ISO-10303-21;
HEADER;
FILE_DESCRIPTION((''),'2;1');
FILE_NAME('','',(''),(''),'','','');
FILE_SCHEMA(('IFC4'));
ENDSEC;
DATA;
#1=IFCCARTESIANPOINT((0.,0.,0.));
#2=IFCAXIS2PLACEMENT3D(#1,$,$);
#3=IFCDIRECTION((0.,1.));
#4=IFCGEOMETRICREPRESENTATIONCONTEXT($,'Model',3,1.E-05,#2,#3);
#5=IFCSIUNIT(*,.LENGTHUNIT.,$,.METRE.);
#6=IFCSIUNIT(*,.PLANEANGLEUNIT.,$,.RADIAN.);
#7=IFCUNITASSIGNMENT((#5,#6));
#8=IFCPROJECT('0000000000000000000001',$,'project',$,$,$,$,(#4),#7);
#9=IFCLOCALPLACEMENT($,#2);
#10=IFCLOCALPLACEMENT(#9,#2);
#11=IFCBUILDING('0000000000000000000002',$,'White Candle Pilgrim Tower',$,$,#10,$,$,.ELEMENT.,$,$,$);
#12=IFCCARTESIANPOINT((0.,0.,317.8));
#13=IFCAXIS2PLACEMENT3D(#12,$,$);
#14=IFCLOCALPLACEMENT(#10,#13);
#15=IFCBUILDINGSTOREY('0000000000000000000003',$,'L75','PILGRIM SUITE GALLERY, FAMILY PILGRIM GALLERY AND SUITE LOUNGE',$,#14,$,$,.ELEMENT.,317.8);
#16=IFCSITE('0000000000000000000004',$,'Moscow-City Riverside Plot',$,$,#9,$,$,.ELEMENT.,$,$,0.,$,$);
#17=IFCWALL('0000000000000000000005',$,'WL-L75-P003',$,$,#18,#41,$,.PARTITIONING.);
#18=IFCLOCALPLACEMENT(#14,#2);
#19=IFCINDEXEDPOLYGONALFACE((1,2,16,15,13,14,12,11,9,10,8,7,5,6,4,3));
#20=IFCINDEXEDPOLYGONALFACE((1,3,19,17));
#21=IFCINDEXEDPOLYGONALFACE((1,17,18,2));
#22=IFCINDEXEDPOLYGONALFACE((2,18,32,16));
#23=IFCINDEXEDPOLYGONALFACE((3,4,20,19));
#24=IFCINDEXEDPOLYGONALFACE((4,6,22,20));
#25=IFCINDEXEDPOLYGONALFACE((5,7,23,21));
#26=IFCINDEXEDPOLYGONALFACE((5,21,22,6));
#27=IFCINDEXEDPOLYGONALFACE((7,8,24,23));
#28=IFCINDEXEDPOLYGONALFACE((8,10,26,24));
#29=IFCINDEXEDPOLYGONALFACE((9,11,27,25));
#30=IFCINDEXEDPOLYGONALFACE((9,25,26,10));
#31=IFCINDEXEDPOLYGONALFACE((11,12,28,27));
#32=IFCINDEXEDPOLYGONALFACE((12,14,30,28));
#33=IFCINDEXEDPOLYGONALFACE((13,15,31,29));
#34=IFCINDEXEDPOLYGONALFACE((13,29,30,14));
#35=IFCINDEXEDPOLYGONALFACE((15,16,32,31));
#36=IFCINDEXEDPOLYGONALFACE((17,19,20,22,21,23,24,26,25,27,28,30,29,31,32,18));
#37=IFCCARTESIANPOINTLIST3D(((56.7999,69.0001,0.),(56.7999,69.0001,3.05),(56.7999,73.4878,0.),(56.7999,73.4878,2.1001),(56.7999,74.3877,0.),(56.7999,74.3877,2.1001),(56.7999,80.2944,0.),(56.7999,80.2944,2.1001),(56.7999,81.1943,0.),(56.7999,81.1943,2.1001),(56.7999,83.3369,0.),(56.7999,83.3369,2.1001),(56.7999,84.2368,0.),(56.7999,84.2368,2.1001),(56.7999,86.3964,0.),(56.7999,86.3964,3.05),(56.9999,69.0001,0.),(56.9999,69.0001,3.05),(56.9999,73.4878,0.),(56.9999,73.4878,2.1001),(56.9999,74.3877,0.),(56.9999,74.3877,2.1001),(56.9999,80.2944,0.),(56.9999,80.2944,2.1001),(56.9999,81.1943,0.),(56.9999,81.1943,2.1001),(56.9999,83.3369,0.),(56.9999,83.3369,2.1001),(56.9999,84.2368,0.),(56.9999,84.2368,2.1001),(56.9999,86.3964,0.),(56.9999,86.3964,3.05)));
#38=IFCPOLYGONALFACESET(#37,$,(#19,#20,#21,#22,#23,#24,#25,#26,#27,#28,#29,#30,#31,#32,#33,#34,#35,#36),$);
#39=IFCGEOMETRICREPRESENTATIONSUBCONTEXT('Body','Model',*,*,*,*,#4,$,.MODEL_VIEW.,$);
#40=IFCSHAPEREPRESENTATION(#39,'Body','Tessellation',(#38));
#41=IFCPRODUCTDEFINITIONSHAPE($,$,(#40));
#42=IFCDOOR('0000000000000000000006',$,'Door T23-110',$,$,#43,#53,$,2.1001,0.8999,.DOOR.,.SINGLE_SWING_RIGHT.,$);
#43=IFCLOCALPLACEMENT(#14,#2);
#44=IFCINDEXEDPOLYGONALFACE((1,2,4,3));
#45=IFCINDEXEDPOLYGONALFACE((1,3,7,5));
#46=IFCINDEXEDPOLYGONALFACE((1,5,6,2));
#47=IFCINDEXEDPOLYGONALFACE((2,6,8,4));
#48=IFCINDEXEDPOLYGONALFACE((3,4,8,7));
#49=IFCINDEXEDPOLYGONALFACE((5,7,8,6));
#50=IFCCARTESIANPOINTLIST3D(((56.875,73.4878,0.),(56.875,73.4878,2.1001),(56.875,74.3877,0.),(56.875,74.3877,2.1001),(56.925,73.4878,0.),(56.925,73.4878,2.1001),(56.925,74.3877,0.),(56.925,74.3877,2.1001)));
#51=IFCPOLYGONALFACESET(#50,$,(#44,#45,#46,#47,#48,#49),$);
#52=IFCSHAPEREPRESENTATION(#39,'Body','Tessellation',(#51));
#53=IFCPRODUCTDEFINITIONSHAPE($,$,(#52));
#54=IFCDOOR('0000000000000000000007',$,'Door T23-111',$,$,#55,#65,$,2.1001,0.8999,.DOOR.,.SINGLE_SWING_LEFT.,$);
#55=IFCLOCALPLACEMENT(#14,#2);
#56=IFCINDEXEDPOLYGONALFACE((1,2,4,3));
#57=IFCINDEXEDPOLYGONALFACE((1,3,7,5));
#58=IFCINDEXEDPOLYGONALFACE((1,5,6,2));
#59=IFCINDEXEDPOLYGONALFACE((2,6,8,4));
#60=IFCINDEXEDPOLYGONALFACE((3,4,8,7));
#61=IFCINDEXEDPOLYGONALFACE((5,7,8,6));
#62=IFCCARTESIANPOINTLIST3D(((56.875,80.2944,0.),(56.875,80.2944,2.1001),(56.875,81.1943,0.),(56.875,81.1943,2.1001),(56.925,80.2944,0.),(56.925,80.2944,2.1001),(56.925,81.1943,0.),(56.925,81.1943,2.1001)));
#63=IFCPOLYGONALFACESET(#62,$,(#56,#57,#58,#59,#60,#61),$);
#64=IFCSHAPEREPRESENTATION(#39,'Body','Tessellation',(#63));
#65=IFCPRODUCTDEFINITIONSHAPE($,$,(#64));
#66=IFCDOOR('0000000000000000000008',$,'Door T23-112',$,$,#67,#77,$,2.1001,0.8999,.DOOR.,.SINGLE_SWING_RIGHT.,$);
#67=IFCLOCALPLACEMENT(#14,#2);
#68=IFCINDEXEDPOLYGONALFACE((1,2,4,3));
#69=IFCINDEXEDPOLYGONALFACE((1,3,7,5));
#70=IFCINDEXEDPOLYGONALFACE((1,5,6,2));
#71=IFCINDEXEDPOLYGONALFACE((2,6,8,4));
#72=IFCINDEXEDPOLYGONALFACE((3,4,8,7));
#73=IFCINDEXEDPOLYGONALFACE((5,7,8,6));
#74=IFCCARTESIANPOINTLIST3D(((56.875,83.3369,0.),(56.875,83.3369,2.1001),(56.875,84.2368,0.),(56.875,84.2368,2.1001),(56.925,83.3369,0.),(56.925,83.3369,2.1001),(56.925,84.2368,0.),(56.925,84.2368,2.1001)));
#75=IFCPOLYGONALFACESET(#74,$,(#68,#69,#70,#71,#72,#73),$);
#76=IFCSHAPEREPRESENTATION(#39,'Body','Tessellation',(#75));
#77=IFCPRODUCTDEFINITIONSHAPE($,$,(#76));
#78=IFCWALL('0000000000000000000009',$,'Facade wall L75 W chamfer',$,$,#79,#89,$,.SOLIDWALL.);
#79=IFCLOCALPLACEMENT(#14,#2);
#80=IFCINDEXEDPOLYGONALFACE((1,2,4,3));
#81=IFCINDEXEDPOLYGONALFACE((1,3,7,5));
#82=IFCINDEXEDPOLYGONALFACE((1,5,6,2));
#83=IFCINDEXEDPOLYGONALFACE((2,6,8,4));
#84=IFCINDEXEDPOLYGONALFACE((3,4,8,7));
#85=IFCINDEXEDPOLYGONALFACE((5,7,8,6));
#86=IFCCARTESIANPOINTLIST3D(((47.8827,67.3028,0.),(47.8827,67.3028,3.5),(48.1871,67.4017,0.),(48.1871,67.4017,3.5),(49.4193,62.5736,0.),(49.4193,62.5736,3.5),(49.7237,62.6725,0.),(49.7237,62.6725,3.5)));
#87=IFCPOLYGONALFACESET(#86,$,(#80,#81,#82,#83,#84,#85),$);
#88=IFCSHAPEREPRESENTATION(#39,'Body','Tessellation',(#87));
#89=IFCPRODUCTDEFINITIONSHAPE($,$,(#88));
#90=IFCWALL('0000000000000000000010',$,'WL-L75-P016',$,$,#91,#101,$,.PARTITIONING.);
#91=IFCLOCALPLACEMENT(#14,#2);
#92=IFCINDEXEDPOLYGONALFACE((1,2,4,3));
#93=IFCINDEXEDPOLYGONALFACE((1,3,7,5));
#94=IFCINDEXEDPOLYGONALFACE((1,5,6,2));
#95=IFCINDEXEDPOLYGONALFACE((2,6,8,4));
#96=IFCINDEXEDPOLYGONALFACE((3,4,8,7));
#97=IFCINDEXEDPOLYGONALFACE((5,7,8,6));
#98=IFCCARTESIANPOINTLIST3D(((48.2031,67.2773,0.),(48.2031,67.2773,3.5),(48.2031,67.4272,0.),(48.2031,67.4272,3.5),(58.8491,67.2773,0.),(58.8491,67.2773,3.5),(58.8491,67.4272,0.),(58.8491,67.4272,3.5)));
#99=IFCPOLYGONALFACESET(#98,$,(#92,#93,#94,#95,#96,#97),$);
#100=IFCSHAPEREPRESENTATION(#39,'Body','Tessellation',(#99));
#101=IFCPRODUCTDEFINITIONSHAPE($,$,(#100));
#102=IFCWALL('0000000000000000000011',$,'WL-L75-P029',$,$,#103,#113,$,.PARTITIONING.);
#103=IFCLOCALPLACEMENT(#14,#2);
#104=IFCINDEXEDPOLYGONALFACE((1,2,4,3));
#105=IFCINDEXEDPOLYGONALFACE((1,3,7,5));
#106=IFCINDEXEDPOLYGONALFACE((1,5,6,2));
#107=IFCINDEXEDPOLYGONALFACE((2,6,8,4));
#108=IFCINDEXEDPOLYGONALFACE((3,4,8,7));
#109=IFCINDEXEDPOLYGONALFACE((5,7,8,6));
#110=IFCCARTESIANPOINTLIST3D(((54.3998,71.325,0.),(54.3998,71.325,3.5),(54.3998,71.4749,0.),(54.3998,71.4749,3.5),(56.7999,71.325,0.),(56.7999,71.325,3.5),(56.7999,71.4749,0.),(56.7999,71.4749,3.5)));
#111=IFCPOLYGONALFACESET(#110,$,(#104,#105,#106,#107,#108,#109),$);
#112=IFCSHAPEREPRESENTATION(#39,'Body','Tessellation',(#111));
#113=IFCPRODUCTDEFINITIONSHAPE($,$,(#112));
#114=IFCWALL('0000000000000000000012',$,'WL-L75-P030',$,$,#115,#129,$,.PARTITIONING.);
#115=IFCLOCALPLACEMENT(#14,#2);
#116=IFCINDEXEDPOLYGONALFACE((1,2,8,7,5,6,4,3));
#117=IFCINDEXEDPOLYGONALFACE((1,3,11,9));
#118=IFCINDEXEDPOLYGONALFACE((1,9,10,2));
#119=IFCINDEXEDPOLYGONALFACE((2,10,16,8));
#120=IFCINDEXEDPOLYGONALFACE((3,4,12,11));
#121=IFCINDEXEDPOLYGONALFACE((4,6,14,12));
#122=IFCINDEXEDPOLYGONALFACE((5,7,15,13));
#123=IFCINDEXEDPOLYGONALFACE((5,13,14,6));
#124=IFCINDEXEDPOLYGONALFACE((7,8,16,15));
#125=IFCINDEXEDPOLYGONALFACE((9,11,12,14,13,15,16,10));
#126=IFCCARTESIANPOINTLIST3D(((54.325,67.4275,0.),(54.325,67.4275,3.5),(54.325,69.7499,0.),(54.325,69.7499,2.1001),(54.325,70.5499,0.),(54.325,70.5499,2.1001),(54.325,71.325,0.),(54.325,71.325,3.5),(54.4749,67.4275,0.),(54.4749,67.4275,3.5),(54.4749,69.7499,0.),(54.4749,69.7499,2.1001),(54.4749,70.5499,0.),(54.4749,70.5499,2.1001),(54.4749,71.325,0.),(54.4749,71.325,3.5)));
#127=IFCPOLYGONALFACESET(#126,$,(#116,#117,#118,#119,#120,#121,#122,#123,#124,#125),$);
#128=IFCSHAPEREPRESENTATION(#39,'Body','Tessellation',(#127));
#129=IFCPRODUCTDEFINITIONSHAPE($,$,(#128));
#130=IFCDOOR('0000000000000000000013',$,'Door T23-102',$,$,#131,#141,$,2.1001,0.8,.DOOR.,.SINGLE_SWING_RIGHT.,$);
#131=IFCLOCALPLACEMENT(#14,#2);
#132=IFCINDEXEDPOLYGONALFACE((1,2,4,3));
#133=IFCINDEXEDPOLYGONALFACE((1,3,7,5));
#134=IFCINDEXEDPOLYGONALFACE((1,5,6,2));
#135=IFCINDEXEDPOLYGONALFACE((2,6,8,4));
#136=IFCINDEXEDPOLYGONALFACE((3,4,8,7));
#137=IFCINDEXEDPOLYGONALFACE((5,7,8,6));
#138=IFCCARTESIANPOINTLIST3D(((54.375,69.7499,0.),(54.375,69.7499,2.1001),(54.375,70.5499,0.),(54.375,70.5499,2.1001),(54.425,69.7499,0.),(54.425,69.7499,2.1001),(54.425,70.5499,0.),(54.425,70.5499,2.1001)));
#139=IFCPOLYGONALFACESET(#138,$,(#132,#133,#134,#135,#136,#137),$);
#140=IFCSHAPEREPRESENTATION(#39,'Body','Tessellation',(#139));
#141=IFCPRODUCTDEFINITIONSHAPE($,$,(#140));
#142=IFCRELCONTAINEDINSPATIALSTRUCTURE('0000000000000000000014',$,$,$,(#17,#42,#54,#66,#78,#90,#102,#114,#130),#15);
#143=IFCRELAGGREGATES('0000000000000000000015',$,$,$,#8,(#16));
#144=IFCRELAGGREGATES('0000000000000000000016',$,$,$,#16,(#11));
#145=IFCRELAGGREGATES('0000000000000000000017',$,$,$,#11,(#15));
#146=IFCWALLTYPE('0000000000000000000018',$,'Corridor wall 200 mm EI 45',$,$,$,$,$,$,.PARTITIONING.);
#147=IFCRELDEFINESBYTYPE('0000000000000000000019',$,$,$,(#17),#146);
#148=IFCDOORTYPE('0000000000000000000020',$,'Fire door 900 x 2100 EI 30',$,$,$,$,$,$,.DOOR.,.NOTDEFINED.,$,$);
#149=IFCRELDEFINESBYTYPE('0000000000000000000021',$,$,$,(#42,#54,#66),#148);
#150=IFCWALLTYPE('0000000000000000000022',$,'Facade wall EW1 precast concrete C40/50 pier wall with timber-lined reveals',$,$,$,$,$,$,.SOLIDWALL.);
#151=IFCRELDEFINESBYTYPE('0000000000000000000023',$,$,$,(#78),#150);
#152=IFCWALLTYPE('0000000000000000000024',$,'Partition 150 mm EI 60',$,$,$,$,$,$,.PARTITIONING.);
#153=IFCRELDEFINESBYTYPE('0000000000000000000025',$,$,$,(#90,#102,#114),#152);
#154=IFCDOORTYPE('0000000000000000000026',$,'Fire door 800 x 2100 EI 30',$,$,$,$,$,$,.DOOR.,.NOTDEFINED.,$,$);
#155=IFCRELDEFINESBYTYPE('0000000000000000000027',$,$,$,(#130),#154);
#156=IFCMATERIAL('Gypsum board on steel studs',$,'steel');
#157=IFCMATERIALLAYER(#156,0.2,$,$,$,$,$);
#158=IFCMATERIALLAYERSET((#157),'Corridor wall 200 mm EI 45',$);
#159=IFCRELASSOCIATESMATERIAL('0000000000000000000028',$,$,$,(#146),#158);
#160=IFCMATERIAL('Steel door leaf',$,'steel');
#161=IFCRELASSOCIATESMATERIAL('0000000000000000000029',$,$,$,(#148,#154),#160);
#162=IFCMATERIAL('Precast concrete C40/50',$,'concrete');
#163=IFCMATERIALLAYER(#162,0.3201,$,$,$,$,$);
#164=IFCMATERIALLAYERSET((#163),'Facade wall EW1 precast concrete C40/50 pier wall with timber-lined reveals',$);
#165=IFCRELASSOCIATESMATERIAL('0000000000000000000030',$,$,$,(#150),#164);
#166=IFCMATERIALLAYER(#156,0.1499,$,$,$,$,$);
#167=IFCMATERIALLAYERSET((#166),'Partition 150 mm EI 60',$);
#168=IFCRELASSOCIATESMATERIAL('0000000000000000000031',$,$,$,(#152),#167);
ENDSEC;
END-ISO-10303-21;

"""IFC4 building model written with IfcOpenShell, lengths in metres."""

from ifc_helpers import new_model, si_unit, direction, frame, frame_2d, origin, place, context, subcontext, project, spatial, rectangle, extrude, material, layer, layer_set, type_object, element, fill, save


model = new_model("IFC4")

# Units and contexts
model_context = context("Model", 3, precision=1e-05, world=origin(), true_north=direction((0.0, 1.0)))
body_context = subcontext(model_context, "Body", "Model", "MODEL_VIEW")
ifc_project = project(units=[si_unit("LENGTHUNIT", "METRE"), si_unit("PLANEANGLEUNIT", "RADIAN")], contexts=[model_context])

# Site, building, storey
site_placement = place(None, origin())
site = spatial("IfcSite", under=ifc_project, at=site_placement, Name="Moscow-City Riverside Plot", CompositionType="ELEMENT", RefElevation=0.0)
building_placement = place(site_placement, origin())
building = spatial("IfcBuilding", under=site, at=building_placement, Name="White Candle Pilgrim Tower", CompositionType="ELEMENT")
storey_placement = place(building_placement, frame((0.0, 0.0, 317.8)))
storey = spatial("IfcBuildingStorey", under=building, at=storey_placement, Name="L75", Description="PILGRIM SUITE GALLERY, FAMILY PILGRIM GALLERY AND SUITE LOUNGE", CompositionType="ELEMENT", Elevation=317.8)

# Wall, openings, doors
ifc_material_1 = material(Name="Gypsum board on steel studs", Category="steel")
ifc_layer_1 = layer(ifc_material_1, 0.2)
ifc_layer_set_1 = layer_set([ifc_layer_1], Name="Corridor wall 200 mm EI 45")
wall_type_1 = type_object("IfcWallType", Name="Corridor wall 200 mm EI 45", PredefinedType="PARTITIONING", material=ifc_layer_set_1)
wall_1_placement = place(storey_placement, frame((56.8999, 69.0, 0.0), z_axis=(0.0, 0.0, 1.0), x_axis=(0.0, 1.0, 0.0)))
wall_1 = element("IfcWall", 1, at=wall_1_placement, inside=storey, type_object=wall_type_1, Name="WL-L75-P003", PredefinedType="PARTITIONING", context=body_context, shape_type="SweptSolid", body=[
    extrude(rectangle(XDim=17.3962, YDim=0.2, at=frame_2d((8.6982, 0.0))), origin(), (0.0, 0.0, 1.0), 3.05),
])
opening_1_placement = place(wall_1_placement, frame((4.4878, 0.0, 0.0)))
opening_1 = element("IfcOpeningElement", 2, at=opening_1_placement, cuts=wall_1, PredefinedType="OPENING", context=body_context, shape_type="SweptSolid", body=[
    extrude(rectangle(XDim=0.8999, YDim=2.1001, at=frame_2d((0.45, 1.05))), frame((0.0, 0.1099, 0.0), z_axis=(0.0, -1.0, 0.0), x_axis=(1.0, 0.0, 0.0)), (0.0, 0.0, 1.0), 0.22),
])
opening_2_placement = place(wall_1_placement, frame((11.2944, 0.0, 0.0)))
opening_2 = element("IfcOpeningElement", 3, at=opening_2_placement, cuts=wall_1, PredefinedType="OPENING", context=body_context, shape_type="SweptSolid", body=[
    extrude(rectangle(XDim=0.8999, YDim=2.1001, at=frame_2d((0.45, 1.05))), frame((0.0, 0.1099, 0.0), z_axis=(0.0, -1.0, 0.0), x_axis=(1.0, 0.0, 0.0)), (0.0, 0.0, 1.0), 0.22),
])
opening_3_placement = place(wall_1_placement, frame((14.3369, 0.0, 0.0)))
opening_3 = element("IfcOpeningElement", 4, at=opening_3_placement, cuts=wall_1, PredefinedType="OPENING", context=body_context, shape_type="SweptSolid", body=[
    extrude(rectangle(XDim=0.8999, YDim=2.1001, at=frame_2d((0.45, 1.05))), frame((0.0, 0.1099, 0.0), z_axis=(0.0, -1.0, 0.0), x_axis=(1.0, 0.0, 0.0)), (0.0, 0.0, 1.0), 0.22),
])
ifc_material_2 = material(Name="Steel door leaf", Category="steel")
door_type_1 = type_object("IfcDoorType", Name="Fire door 900 x 2100 EI 30", OperationType="NOTDEFINED", PredefinedType="DOOR", material=ifc_material_2)
door_1_placement = place(opening_1_placement, origin())
door_1 = element("IfcDoor", 5, at=door_1_placement, inside=storey, type_object=door_type_1, Name="Door T23-110", OperationType="SINGLE_SWING_RIGHT", OverallHeight=2.1001, OverallWidth=0.8999, PredefinedType="DOOR", context=body_context, shape_type="SweptSolid", body=[
    extrude(rectangle(XDim=0.8999, YDim=2.1001, at=frame_2d((0.45, 1.05))), frame((0.0, 0.0249, 0.0), z_axis=(0.0, -1.0, 0.0), x_axis=(1.0, 0.0, 0.0)), (0.0, 0.0, 1.0), 0.05),
])
fill(opening_1, door_1)
door_2_placement = place(opening_2_placement, origin())
door_2 = element("IfcDoor", 6, at=door_2_placement, inside=storey, type_object=door_type_1, Name="Door T23-111", OperationType="SINGLE_SWING_LEFT", OverallHeight=2.1001, OverallWidth=0.8999, PredefinedType="DOOR", context=body_context, shape_type="SweptSolid", body=[
    extrude(rectangle(XDim=0.8999, YDim=2.1001, at=frame_2d((0.45, 1.05))), frame((0.0, 0.0249, 0.0), z_axis=(0.0, -1.0, 0.0), x_axis=(1.0, 0.0, 0.0)), (0.0, 0.0, 1.0), 0.05),
])
fill(opening_2, door_2)
door_3_placement = place(opening_3_placement, origin())
door_3 = element("IfcDoor", 7, at=door_3_placement, inside=storey, type_object=door_type_1, Name="Door T23-112", OperationType="SINGLE_SWING_RIGHT", OverallHeight=2.1001, OverallWidth=0.8999, PredefinedType="DOOR", context=body_context, shape_type="SweptSolid", body=[
    extrude(rectangle(XDim=0.8999, YDim=2.1001, at=frame_2d((0.45, 1.05))), frame((0.0, 0.0249, 0.0), z_axis=(0.0, -1.0, 0.0), x_axis=(1.0, 0.0, 0.0)), (0.0, 0.0, 1.0), 0.05),
])
fill(opening_3, door_3)

# Walls
ifc_material_3 = material(Name="Precast concrete C40/50", Category="concrete")
ifc_layer_2 = layer(ifc_material_3, 0.3201)
ifc_layer_set_2 = layer_set([ifc_layer_2], Name="Facade wall EW1 precast concrete C40/50 pier wall with timber-lined reveals")
wall_type_2 = type_object("IfcWallType", Name="Facade wall EW1 precast concrete C40/50 pier wall with timber-lined reveals", PredefinedType="SOLIDWALL", material=ifc_layer_set_2)
wall_2_placement = place(storey_placement, frame((48.0349, 67.3523, 0.0), z_axis=(0.0, 0.0, 1.0), x_axis=(0.309016, -0.951057, 0.0)))
element("IfcWall", 8, at=wall_2_placement, inside=storey, type_object=wall_type_2, Name="Facade wall L75 W chamfer", PredefinedType="SOLIDWALL", context=body_context, shape_type="SweptSolid", body=[
    extrude(rectangle(XDim=4.9727, YDim=0.3201, at=frame_2d((2.4863, 0.0))), origin(), (0.0, 0.0, 1.0), 3.5),
])
ifc_layer_3 = layer(ifc_material_1, 0.1499)
ifc_layer_set_3 = layer_set([ifc_layer_3], Name="Partition 150 mm EI 60")
wall_type_3 = type_object("IfcWallType", Name="Partition 150 mm EI 60", PredefinedType="PARTITIONING", material=ifc_layer_set_3)
wall_3_placement = place(storey_placement, frame((48.2031, 67.3523, 0.0), z_axis=(0.0, 0.0, 1.0), x_axis=(1.0, 0.0, 0.0)))
element("IfcWall", 9, at=wall_3_placement, inside=storey, type_object=wall_type_3, Name="WL-L75-P016", PredefinedType="PARTITIONING", context=body_context, shape_type="SweptSolid", body=[
    extrude(rectangle(XDim=10.646, YDim=0.1499, at=frame_2d((5.323, 0.0))), origin(), (0.0, 0.0, 1.0), 3.5),
])
wall_4_placement = place(storey_placement, frame((56.8, 71.3999, 0.0), z_axis=(0.0, 0.0, 1.0), x_axis=(-1.0, 0.0, 0.0)))
element("IfcWall", 10, at=wall_4_placement, inside=storey, type_object=wall_type_3, Name="WL-L75-P029", PredefinedType="PARTITIONING", context=body_context, shape_type="SweptSolid", body=[
    extrude(rectangle(XDim=2.4001, YDim=0.1499, at=frame_2d((1.2002, 0.0))), origin(), (0.0, 0.0, 1.0), 3.5),
])

# Wall, opening, door
wall_5_placement = place(storey_placement, frame((54.3999, 67.4275, 0.0), z_axis=(0.0, 0.0, 1.0), x_axis=(0.0, 1.0, 0.0)))
wall_5 = element("IfcWall", 11, at=wall_5_placement, inside=storey, type_object=wall_type_3, Name="WL-L75-P030", PredefinedType="PARTITIONING", context=body_context, shape_type="SweptSolid", body=[
    extrude(rectangle(XDim=3.8975, YDim=0.1499, at=frame_2d((1.9487, 0.0))), origin(), (0.0, 0.0, 1.0), 3.5),
])
opening_4_placement = place(wall_5_placement, frame((2.3225, 0.0, 0.0)))
opening_4 = element("IfcOpeningElement", 12, at=opening_4_placement, cuts=wall_5, PredefinedType="OPENING", context=body_context, shape_type="SweptSolid", body=[
    extrude(rectangle(XDim=0.8, YDim=2.1001, at=frame_2d((0.3999, 1.05))), frame((0.0, 0.085, 0.0), z_axis=(0.0, -1.0, 0.0), x_axis=(1.0, 0.0, 0.0)), (0.0, 0.0, 1.0), 0.1699),
])
door_type_2 = type_object("IfcDoorType", Name="Fire door 800 x 2100 EI 30", OperationType="NOTDEFINED", PredefinedType="DOOR", material=ifc_material_2)
door_4_placement = place(opening_4_placement, origin())
door_4 = element("IfcDoor", 13, at=door_4_placement, inside=storey, type_object=door_type_2, Name="Door T23-102", OperationType="SINGLE_SWING_RIGHT", OverallHeight=2.1001, OverallWidth=0.8, PredefinedType="DOOR", context=body_context, shape_type="SweptSolid", body=[
    extrude(rectangle(XDim=0.8, YDim=2.1001, at=frame_2d((0.3999, 1.05))), frame((0.0, 0.0249, 0.0), z_axis=(0.0, -1.0, 0.0), x_axis=(1.0, 0.0, 0.0)), (0.0, 0.0, 1.0), 0.05),
])
fill(opening_4, door_4)

save(model, "model.ifc")
